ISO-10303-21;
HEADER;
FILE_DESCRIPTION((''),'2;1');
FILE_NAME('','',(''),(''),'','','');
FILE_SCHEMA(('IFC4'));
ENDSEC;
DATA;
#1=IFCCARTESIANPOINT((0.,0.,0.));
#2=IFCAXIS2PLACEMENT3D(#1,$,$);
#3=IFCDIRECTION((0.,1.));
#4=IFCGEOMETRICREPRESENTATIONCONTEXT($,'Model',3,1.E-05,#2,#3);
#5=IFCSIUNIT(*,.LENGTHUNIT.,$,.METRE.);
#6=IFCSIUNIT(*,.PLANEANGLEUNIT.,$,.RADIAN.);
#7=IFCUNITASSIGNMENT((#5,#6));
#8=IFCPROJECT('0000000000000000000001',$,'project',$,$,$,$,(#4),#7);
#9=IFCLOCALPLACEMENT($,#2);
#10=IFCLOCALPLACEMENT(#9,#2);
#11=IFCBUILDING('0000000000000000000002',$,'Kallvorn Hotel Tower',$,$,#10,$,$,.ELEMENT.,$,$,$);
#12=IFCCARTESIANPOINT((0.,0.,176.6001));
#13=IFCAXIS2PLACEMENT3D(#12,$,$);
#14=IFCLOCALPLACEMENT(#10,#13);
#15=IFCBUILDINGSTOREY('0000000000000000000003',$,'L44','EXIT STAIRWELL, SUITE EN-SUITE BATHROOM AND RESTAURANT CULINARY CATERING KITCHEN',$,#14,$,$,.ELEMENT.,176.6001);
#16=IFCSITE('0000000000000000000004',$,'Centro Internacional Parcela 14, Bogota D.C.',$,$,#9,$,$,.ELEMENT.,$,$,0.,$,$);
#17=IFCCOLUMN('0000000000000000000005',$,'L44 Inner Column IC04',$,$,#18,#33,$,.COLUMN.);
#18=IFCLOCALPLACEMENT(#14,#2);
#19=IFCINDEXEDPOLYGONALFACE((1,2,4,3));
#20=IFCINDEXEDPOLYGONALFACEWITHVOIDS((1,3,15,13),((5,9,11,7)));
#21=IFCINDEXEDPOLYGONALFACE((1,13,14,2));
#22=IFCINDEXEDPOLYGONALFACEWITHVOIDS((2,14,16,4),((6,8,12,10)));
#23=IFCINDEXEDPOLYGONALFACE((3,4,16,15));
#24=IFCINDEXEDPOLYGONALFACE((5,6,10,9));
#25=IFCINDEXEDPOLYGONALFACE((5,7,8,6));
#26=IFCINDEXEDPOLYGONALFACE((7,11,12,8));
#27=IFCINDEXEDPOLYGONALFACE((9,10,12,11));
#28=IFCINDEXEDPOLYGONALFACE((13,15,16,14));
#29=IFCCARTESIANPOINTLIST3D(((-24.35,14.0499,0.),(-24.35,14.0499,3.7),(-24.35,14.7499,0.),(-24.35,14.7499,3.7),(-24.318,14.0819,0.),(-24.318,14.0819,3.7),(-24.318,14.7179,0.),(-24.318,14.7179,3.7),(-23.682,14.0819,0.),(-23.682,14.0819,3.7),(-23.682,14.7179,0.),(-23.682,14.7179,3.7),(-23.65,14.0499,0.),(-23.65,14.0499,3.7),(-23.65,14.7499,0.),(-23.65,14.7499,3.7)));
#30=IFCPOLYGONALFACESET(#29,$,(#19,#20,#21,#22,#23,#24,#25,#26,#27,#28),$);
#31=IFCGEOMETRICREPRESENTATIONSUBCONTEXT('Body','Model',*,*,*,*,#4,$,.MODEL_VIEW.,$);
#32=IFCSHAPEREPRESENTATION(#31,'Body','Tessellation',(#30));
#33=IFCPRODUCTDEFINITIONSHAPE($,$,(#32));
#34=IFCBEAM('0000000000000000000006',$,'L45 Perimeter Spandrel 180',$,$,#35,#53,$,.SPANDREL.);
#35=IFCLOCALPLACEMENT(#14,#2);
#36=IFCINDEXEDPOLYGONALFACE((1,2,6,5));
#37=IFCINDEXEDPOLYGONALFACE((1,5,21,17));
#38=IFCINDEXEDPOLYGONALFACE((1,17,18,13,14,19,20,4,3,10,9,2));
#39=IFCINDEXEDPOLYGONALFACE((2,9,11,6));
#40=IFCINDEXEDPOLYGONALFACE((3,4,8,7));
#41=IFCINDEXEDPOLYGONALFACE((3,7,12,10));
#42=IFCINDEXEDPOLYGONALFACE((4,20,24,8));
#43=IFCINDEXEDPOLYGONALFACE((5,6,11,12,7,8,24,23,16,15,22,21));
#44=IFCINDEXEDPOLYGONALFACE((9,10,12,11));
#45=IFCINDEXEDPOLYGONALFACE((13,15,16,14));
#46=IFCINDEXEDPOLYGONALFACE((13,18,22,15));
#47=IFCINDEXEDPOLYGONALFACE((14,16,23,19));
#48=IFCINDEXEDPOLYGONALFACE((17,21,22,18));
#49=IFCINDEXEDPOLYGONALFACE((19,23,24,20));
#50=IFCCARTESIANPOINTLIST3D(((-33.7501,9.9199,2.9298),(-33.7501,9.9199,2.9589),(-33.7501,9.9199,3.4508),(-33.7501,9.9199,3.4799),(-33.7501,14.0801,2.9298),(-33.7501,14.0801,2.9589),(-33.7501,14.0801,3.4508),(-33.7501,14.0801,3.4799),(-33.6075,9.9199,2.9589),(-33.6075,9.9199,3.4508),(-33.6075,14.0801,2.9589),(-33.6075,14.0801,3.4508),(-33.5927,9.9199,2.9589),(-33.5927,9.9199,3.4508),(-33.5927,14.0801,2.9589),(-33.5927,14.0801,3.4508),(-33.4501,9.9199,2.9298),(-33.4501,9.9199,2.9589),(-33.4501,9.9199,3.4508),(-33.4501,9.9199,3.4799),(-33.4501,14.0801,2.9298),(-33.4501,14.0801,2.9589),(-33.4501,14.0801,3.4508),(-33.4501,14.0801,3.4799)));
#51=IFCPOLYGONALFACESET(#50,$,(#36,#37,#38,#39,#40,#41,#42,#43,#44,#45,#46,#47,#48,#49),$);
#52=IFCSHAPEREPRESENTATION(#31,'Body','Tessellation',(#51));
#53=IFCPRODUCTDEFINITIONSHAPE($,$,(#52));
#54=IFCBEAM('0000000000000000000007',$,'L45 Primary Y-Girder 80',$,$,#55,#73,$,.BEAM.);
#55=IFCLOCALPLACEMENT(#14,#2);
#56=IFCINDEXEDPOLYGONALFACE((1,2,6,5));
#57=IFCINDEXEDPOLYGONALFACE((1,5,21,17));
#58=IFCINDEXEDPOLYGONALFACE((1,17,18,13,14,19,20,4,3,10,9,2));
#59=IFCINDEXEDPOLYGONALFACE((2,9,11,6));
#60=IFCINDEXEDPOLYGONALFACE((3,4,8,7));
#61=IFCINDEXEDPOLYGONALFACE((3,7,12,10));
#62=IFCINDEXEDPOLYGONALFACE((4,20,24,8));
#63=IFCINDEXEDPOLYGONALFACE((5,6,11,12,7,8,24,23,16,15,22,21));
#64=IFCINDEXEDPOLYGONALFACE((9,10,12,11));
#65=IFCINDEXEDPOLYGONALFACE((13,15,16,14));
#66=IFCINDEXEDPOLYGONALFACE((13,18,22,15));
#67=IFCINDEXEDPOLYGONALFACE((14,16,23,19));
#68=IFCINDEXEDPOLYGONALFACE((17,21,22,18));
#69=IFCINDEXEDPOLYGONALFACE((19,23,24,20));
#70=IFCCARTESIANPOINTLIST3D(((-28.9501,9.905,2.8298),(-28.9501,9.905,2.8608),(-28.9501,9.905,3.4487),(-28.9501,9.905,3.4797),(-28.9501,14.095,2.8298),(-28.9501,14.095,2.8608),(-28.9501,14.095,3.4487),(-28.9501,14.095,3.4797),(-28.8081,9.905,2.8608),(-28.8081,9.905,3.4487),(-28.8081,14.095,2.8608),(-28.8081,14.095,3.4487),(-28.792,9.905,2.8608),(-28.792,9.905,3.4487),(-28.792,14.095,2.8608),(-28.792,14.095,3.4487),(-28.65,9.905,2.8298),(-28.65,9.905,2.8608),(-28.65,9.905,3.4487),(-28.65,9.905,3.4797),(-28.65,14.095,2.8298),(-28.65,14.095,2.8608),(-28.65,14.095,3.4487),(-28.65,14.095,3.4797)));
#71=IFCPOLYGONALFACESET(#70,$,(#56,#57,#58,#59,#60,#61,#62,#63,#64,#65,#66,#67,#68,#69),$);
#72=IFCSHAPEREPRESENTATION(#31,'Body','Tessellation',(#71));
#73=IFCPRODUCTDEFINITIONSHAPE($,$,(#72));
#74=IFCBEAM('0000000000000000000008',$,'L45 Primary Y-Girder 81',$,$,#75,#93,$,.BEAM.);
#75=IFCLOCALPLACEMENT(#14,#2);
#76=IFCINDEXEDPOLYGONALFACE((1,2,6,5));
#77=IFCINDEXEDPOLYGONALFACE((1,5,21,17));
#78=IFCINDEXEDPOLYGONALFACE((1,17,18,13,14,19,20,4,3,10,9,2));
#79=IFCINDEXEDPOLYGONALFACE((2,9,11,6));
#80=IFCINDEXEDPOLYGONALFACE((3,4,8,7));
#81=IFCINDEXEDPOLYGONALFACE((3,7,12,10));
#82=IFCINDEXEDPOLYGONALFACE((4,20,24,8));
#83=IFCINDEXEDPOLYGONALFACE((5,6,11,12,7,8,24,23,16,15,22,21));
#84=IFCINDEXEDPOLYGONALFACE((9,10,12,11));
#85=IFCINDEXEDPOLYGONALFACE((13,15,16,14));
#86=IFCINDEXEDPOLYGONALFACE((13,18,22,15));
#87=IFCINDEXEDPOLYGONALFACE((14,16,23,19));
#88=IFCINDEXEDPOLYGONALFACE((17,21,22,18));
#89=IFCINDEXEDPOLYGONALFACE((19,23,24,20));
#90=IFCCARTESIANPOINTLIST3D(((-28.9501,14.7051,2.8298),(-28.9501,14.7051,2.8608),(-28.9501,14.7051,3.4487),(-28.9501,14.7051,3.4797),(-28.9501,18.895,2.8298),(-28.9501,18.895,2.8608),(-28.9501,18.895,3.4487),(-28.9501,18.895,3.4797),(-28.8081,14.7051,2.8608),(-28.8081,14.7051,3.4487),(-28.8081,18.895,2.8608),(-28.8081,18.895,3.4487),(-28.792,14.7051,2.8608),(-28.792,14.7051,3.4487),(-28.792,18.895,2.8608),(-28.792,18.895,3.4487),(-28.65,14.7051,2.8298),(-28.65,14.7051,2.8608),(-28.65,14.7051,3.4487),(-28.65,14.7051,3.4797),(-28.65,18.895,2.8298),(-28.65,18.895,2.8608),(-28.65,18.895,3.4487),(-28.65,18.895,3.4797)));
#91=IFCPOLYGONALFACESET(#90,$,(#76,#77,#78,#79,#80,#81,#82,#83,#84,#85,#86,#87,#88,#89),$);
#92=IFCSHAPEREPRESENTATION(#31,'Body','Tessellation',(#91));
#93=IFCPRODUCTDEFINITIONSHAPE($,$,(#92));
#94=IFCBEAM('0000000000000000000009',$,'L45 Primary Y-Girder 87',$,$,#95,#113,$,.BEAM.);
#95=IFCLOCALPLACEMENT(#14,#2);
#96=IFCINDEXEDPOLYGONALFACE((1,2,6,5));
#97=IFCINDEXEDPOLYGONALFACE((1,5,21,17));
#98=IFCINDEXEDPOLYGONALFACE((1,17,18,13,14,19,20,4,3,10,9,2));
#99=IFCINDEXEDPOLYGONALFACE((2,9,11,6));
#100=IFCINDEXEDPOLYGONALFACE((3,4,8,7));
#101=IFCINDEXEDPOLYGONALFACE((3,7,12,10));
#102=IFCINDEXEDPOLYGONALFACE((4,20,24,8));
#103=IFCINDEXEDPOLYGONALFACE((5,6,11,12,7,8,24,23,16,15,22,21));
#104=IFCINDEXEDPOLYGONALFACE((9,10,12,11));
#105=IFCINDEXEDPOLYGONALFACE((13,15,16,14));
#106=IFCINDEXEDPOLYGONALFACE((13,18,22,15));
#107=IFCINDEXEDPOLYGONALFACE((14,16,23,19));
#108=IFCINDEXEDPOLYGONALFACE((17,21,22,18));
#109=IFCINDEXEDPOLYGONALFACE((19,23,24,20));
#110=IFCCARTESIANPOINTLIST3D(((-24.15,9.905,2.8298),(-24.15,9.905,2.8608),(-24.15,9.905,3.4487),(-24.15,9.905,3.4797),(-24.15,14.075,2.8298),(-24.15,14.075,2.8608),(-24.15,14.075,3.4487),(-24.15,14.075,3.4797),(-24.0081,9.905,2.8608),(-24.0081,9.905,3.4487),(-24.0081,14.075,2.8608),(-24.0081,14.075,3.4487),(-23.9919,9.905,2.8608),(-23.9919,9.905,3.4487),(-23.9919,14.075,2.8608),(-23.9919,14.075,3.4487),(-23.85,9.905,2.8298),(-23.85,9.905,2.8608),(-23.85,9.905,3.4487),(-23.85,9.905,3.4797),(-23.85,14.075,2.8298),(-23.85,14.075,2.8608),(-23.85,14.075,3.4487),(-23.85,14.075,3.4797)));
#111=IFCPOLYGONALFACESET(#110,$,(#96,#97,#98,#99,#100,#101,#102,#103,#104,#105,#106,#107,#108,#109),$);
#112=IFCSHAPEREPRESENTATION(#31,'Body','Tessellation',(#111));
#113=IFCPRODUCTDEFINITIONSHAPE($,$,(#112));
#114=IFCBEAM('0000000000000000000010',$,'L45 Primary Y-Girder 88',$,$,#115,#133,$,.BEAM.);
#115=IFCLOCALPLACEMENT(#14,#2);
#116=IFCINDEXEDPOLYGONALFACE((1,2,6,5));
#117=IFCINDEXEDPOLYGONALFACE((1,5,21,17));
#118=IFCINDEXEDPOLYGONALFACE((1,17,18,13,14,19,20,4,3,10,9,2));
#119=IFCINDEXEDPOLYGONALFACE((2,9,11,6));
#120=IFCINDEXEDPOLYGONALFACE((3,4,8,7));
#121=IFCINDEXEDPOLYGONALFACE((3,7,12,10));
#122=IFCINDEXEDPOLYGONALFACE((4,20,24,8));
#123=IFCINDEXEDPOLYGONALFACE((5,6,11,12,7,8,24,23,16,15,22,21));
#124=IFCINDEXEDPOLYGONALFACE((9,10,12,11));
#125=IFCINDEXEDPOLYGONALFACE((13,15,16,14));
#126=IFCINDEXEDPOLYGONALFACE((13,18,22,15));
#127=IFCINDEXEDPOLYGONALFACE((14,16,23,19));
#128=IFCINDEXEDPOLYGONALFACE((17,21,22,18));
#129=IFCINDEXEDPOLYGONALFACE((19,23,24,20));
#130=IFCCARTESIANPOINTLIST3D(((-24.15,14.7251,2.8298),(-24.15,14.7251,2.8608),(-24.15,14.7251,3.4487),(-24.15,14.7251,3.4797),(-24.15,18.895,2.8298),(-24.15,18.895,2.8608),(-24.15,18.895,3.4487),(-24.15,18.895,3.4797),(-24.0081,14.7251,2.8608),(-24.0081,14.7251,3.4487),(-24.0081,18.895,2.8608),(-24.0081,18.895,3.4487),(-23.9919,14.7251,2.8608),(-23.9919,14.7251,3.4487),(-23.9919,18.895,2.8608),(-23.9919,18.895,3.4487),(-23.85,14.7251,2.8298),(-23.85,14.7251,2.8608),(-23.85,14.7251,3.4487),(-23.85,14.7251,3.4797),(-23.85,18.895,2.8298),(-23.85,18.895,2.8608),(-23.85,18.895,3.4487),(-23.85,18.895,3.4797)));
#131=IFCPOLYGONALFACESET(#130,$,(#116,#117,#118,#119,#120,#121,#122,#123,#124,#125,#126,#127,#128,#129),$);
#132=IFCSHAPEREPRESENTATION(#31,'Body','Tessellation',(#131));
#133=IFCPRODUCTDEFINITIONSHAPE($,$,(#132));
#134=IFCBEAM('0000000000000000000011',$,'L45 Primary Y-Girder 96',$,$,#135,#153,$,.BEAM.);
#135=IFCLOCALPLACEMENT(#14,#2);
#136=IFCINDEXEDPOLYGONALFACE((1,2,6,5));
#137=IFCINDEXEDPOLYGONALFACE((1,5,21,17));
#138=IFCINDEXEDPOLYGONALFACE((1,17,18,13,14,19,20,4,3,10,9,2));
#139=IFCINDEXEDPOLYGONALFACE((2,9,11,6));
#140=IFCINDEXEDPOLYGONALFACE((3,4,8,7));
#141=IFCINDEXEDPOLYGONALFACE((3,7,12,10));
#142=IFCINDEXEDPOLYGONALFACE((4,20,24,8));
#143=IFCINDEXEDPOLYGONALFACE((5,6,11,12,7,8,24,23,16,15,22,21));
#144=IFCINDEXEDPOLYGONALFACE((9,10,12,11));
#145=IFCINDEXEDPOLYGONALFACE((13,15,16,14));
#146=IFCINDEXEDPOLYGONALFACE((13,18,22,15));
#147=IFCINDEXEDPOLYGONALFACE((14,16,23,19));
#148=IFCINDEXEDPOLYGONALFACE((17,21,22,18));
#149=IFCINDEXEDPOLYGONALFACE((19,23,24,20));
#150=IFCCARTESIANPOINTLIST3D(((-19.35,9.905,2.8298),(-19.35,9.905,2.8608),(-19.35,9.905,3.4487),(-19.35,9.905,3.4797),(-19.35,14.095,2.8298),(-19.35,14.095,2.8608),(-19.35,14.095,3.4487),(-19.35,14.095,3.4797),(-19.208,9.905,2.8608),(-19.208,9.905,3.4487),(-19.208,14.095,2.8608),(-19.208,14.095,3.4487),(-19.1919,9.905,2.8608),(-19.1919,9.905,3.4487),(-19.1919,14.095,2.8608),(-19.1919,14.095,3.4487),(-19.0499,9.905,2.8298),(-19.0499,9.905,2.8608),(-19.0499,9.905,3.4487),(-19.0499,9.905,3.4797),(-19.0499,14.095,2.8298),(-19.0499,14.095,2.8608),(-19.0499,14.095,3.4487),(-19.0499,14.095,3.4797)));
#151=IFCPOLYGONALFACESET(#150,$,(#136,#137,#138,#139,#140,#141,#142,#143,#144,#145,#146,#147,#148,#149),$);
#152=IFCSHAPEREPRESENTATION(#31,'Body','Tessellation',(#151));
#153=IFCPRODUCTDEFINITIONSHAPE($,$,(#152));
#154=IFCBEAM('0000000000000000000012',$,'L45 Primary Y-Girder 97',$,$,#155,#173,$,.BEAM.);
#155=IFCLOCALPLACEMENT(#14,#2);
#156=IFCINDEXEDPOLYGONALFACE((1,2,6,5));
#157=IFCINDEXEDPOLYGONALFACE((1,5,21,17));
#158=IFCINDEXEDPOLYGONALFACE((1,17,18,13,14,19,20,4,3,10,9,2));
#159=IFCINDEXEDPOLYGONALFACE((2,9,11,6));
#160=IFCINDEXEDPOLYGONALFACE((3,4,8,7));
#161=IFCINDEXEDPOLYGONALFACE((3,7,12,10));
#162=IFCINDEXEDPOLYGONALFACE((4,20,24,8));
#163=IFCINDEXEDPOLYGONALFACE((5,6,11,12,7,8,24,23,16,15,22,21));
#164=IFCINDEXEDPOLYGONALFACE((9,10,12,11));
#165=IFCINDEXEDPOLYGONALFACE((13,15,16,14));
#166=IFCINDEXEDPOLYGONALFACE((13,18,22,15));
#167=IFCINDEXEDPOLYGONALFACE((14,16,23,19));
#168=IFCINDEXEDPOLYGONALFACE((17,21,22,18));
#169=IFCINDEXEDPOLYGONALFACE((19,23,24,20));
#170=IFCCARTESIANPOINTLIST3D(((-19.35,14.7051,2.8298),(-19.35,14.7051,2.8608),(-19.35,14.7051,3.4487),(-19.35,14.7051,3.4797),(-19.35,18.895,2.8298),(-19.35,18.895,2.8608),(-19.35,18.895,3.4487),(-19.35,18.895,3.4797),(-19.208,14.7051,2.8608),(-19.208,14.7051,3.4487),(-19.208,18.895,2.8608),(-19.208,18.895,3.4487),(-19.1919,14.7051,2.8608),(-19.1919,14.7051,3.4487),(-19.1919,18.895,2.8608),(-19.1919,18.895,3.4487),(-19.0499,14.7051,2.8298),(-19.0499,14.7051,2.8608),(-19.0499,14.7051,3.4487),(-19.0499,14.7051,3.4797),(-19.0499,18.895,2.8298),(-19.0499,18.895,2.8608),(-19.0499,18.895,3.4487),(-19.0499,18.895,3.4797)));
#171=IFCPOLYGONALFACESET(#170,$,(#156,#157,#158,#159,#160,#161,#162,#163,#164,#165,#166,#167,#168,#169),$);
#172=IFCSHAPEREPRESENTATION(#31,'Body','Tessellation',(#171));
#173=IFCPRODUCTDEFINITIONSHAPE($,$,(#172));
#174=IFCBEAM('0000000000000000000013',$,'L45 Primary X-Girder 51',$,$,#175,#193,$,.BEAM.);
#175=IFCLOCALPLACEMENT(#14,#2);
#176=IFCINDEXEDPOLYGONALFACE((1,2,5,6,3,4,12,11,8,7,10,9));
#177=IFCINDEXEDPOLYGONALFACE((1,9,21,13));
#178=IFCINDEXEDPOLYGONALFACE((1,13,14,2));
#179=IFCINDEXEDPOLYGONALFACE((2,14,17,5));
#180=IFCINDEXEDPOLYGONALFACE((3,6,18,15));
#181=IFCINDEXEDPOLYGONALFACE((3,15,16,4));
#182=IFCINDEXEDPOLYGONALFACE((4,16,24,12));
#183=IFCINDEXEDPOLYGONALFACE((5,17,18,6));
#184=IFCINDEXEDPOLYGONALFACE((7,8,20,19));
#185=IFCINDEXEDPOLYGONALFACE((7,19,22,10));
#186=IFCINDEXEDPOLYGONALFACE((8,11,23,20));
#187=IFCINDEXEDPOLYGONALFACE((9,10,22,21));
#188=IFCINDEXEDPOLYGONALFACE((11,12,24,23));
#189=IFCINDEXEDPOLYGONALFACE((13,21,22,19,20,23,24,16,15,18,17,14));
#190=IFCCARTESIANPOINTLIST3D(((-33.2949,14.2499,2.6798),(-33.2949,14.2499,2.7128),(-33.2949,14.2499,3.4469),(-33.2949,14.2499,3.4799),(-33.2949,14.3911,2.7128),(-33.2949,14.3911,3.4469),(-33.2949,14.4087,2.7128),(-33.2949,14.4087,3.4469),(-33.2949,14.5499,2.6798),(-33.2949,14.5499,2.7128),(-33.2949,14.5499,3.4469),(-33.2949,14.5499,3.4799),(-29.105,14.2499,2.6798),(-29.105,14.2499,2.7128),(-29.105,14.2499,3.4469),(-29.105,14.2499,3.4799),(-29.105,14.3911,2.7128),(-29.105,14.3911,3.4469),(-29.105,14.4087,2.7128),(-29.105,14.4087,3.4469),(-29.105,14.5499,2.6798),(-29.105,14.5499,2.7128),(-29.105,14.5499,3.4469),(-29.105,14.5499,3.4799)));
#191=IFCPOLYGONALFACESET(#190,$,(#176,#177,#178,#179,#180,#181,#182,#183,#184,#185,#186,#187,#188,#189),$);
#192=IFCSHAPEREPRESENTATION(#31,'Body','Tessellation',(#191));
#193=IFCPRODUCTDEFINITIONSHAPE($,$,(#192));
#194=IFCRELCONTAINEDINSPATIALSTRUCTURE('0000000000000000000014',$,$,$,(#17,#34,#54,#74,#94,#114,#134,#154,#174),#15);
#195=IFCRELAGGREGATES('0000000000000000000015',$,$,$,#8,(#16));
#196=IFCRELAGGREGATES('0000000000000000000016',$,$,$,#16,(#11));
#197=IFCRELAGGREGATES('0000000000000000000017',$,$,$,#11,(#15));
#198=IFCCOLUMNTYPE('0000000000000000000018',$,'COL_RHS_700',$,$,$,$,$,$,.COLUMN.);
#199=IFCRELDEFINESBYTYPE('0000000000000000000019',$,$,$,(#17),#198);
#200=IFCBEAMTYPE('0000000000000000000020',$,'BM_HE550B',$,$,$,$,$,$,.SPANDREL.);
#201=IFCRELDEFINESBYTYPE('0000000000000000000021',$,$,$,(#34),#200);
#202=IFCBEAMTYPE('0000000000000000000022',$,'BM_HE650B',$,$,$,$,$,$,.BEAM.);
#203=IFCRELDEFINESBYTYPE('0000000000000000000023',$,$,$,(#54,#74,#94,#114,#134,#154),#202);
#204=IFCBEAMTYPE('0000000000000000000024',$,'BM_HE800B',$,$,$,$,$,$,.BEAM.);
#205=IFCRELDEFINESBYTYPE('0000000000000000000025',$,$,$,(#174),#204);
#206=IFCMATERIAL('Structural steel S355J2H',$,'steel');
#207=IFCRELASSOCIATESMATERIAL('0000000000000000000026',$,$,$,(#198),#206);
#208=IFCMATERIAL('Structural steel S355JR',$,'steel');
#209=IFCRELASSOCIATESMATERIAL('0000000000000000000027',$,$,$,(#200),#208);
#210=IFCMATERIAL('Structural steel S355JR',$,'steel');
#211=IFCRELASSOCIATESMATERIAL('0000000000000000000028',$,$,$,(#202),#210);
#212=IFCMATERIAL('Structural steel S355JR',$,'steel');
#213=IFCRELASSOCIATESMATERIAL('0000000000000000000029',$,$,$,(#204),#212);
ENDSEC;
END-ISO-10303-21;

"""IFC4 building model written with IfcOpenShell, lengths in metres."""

from ifc_helpers import new_model, si_unit, direction, frame, origin, origin_2d, place, context, subcontext, project, spatial, hollow_rectangle, i_section, extrude, material, material_profile, profile_set, type_object, element, save


model = new_model("IFC4")

# Units and contexts
model_context = context("Model", 3, precision=1e-05, world=origin(), true_north=direction((0.0, 1.0)))
body_context = subcontext(model_context, "Body", "Model", "MODEL_VIEW")
ifc_project = project(units=[si_unit("LENGTHUNIT", "METRE"), si_unit("PLANEANGLEUNIT", "RADIAN")], contexts=[model_context])

# Site, building, storey
site_placement = place(None, origin())
site = spatial("IfcSite", under=ifc_project, at=site_placement, Name="Centro Internacional Parcela 14, Bogota D.C.", CompositionType="ELEMENT", RefElevation=0.0)
building_placement = place(site_placement, origin())
building = spatial("IfcBuilding", under=site, at=building_placement, Name="Kallvorn Hotel Tower", CompositionType="ELEMENT")
storey_placement = place(building_placement, frame((0.0, 0.0, 176.6001)))
storey = spatial("IfcBuildingStorey", under=building, at=storey_placement, Name="L44", Description="EXIT STAIRWELL, SUITE EN-SUITE BATHROOM AND RESTAURANT CULINARY CATERING KITCHEN", CompositionType="ELEMENT", Elevation=176.6001)

# Column
ifc_material_1 = material(Name="Structural steel S355J2H", Category="steel")
ifc_material_profile_1 = material_profile(ifc_material_1, hollow_rectangle(XDim=0.7, YDim=0.7, WallThickness=0.032, at=origin_2d()), Name="RHS 700x700x32")
ifc_profile_set_1 = profile_set([ifc_material_profile_1], Name="Structural steel S355J2H")
column_type_1 = type_object("IfcColumnType", Name="COL_RHS_700", PredefinedType="COLUMN", material=ifc_profile_set_1)
column_placement = place(storey_placement, frame((-24.0, 14.3999, 0.0), z_axis=(0.0, 0.0, 1.0), x_axis=(1.0, 0.0, 0.0)))
element("IfcColumn", 1, at=column_placement, inside=storey, type_object=column_type_1, Name="L44 Inner Column IC04", PredefinedType="COLUMN", context=body_context, shape_type="SweptSolid", body=[
    extrude(hollow_rectangle(XDim=0.7, YDim=0.7, WallThickness=0.032, at=origin_2d()), origin(), (0.0, 0.0, 1.0), 3.7),
])

# Beams
ifc_material_2 = material(Name="Structural steel S355JR", Category="steel")
ifc_material_profile_2 = material_profile(ifc_material_2, i_section(OverallWidth=0.3, OverallDepth=0.55, WebThickness=0.0149, FlangeThickness=0.0291, at=origin_2d()), Name="HE 550 B")
ifc_profile_set_2 = profile_set([ifc_material_profile_2], Name="Structural steel S355JR")
beam_type_1 = type_object("IfcBeamType", Name="BM_HE550B", PredefinedType="SPANDREL", material=ifc_profile_set_2)
beam_1_placement = place(storey_placement, frame((-33.6001, 9.9199, 3.2048), z_axis=(0.0, 1.0, 0.0), x_axis=(-1.0, 0.0, 0.0)))
element("IfcBeam", 2, at=beam_1_placement, inside=storey, type_object=beam_type_1, Name="L45 Perimeter Spandrel 180", PredefinedType="SPANDREL", context=body_context, shape_type="SweptSolid", body=[
    extrude(i_section(OverallWidth=0.3, OverallDepth=0.55, WebThickness=0.0149, FlangeThickness=0.0291, at=origin_2d()), origin(), (0.0, 0.0, 1.0), 4.1602),
])
ifc_material_3 = material(Name="Structural steel S355JR", Category="steel")
ifc_material_profile_3 = material_profile(ifc_material_3, i_section(OverallWidth=0.3, OverallDepth=0.6499, WebThickness=0.0161, FlangeThickness=0.031, at=origin_2d()), Name="HE 650 B")
ifc_profile_set_3 = profile_set([ifc_material_profile_3], Name="Structural steel S355JR")
beam_type_2 = type_object("IfcBeamType", Name="BM_HE650B", PredefinedType="BEAM", material=ifc_profile_set_3)
for number, where, z_axis, x_axis, name in (
    (3, (-28.8, 9.905, 3.1548), (0.0, 1.0, 0.0), (-1.0, 0.0, 0.0), "L45 Primary Y-Girder 80"),
    (4, (-28.8, 14.7051, 3.1548), (0.0, 1.0, 0.0), (-1.0, 0.0, 0.0), "L45 Primary Y-Girder 81"),
):
    element("IfcBeam", number, at=place(storey_placement, frame(where, z_axis=z_axis, x_axis=x_axis)), inside=storey, type_object=beam_type_2, Name=name, PredefinedType="BEAM", context=body_context, shape_type="SweptSolid", body=[
        extrude(i_section(OverallWidth=0.3, OverallDepth=0.6499, WebThickness=0.0161, FlangeThickness=0.031, at=origin_2d()), origin(), (0.0, 0.0, 1.0), 4.1899),
    ])
for number, where, z_axis, x_axis, name in (
    (5, (-24.0, 9.905, 3.1548), (0.0, 1.0, 0.0), (-1.0, 0.0, 0.0), "L45 Primary Y-Girder 87"),
    (6, (-24.0, 14.7251, 3.1548), (0.0, 1.0, 0.0), (-1.0, 0.0, 0.0), "L45 Primary Y-Girder 88"),
):
    element("IfcBeam", number, at=place(storey_placement, frame(where, z_axis=z_axis, x_axis=x_axis)), inside=storey, type_object=beam_type_2, Name=name, PredefinedType="BEAM", context=body_context, shape_type="SweptSolid", body=[
        extrude(i_section(OverallWidth=0.3, OverallDepth=0.6499, WebThickness=0.0161, FlangeThickness=0.031, at=origin_2d()), origin(), (0.0, 0.0, 1.0), 4.1699),
    ])
for number, where, z_axis, x_axis, name in (
    (7, (-19.2, 9.905, 3.1548), (0.0, 1.0, 0.0), (-1.0, 0.0, 0.0), "L45 Primary Y-Girder 96"),
    (8, (-19.2, 14.7051, 3.1548), (0.0, 1.0, 0.0), (-1.0, 0.0, 0.0), "L45 Primary Y-Girder 97"),
):
    element("IfcBeam", number, at=place(storey_placement, frame(where, z_axis=z_axis, x_axis=x_axis)), inside=storey, type_object=beam_type_2, Name=name, PredefinedType="BEAM", context=body_context, shape_type="SweptSolid", body=[
        extrude(i_section(OverallWidth=0.3, OverallDepth=0.6499, WebThickness=0.0161, FlangeThickness=0.031, at=origin_2d()), origin(), (0.0, 0.0, 1.0), 4.1899),
    ])
ifc_material_4 = material(Name="Structural steel S355JR", Category="steel")
ifc_material_profile_4 = material_profile(ifc_material_4, i_section(OverallWidth=0.3, OverallDepth=0.8, WebThickness=0.0176, FlangeThickness=0.033, at=origin_2d()), Name="HE 800 B")
ifc_profile_set_4 = profile_set([ifc_material_profile_4], Name="Structural steel S355JR")
beam_type_3 = type_object("IfcBeamType", Name="BM_HE800B", PredefinedType="BEAM", material=ifc_profile_set_4)
beam_2_placement = place(storey_placement, frame((-33.2949, 14.3999, 3.0798), z_axis=(1.0, 0.0, 0.0), x_axis=(0.0, 1.0, 0.0)))
element("IfcBeam", 9, at=beam_2_placement, inside=storey, type_object=beam_type_3, Name="L45 Primary X-Girder 51", PredefinedType="BEAM", context=body_context, shape_type="SweptSolid", body=[
    extrude(i_section(OverallWidth=0.3, OverallDepth=0.8, WebThickness=0.0176, FlangeThickness=0.033, at=origin_2d()), origin(), (0.0, 0.0, 1.0), 4.1899),
])

save(model, "model.ifc")
